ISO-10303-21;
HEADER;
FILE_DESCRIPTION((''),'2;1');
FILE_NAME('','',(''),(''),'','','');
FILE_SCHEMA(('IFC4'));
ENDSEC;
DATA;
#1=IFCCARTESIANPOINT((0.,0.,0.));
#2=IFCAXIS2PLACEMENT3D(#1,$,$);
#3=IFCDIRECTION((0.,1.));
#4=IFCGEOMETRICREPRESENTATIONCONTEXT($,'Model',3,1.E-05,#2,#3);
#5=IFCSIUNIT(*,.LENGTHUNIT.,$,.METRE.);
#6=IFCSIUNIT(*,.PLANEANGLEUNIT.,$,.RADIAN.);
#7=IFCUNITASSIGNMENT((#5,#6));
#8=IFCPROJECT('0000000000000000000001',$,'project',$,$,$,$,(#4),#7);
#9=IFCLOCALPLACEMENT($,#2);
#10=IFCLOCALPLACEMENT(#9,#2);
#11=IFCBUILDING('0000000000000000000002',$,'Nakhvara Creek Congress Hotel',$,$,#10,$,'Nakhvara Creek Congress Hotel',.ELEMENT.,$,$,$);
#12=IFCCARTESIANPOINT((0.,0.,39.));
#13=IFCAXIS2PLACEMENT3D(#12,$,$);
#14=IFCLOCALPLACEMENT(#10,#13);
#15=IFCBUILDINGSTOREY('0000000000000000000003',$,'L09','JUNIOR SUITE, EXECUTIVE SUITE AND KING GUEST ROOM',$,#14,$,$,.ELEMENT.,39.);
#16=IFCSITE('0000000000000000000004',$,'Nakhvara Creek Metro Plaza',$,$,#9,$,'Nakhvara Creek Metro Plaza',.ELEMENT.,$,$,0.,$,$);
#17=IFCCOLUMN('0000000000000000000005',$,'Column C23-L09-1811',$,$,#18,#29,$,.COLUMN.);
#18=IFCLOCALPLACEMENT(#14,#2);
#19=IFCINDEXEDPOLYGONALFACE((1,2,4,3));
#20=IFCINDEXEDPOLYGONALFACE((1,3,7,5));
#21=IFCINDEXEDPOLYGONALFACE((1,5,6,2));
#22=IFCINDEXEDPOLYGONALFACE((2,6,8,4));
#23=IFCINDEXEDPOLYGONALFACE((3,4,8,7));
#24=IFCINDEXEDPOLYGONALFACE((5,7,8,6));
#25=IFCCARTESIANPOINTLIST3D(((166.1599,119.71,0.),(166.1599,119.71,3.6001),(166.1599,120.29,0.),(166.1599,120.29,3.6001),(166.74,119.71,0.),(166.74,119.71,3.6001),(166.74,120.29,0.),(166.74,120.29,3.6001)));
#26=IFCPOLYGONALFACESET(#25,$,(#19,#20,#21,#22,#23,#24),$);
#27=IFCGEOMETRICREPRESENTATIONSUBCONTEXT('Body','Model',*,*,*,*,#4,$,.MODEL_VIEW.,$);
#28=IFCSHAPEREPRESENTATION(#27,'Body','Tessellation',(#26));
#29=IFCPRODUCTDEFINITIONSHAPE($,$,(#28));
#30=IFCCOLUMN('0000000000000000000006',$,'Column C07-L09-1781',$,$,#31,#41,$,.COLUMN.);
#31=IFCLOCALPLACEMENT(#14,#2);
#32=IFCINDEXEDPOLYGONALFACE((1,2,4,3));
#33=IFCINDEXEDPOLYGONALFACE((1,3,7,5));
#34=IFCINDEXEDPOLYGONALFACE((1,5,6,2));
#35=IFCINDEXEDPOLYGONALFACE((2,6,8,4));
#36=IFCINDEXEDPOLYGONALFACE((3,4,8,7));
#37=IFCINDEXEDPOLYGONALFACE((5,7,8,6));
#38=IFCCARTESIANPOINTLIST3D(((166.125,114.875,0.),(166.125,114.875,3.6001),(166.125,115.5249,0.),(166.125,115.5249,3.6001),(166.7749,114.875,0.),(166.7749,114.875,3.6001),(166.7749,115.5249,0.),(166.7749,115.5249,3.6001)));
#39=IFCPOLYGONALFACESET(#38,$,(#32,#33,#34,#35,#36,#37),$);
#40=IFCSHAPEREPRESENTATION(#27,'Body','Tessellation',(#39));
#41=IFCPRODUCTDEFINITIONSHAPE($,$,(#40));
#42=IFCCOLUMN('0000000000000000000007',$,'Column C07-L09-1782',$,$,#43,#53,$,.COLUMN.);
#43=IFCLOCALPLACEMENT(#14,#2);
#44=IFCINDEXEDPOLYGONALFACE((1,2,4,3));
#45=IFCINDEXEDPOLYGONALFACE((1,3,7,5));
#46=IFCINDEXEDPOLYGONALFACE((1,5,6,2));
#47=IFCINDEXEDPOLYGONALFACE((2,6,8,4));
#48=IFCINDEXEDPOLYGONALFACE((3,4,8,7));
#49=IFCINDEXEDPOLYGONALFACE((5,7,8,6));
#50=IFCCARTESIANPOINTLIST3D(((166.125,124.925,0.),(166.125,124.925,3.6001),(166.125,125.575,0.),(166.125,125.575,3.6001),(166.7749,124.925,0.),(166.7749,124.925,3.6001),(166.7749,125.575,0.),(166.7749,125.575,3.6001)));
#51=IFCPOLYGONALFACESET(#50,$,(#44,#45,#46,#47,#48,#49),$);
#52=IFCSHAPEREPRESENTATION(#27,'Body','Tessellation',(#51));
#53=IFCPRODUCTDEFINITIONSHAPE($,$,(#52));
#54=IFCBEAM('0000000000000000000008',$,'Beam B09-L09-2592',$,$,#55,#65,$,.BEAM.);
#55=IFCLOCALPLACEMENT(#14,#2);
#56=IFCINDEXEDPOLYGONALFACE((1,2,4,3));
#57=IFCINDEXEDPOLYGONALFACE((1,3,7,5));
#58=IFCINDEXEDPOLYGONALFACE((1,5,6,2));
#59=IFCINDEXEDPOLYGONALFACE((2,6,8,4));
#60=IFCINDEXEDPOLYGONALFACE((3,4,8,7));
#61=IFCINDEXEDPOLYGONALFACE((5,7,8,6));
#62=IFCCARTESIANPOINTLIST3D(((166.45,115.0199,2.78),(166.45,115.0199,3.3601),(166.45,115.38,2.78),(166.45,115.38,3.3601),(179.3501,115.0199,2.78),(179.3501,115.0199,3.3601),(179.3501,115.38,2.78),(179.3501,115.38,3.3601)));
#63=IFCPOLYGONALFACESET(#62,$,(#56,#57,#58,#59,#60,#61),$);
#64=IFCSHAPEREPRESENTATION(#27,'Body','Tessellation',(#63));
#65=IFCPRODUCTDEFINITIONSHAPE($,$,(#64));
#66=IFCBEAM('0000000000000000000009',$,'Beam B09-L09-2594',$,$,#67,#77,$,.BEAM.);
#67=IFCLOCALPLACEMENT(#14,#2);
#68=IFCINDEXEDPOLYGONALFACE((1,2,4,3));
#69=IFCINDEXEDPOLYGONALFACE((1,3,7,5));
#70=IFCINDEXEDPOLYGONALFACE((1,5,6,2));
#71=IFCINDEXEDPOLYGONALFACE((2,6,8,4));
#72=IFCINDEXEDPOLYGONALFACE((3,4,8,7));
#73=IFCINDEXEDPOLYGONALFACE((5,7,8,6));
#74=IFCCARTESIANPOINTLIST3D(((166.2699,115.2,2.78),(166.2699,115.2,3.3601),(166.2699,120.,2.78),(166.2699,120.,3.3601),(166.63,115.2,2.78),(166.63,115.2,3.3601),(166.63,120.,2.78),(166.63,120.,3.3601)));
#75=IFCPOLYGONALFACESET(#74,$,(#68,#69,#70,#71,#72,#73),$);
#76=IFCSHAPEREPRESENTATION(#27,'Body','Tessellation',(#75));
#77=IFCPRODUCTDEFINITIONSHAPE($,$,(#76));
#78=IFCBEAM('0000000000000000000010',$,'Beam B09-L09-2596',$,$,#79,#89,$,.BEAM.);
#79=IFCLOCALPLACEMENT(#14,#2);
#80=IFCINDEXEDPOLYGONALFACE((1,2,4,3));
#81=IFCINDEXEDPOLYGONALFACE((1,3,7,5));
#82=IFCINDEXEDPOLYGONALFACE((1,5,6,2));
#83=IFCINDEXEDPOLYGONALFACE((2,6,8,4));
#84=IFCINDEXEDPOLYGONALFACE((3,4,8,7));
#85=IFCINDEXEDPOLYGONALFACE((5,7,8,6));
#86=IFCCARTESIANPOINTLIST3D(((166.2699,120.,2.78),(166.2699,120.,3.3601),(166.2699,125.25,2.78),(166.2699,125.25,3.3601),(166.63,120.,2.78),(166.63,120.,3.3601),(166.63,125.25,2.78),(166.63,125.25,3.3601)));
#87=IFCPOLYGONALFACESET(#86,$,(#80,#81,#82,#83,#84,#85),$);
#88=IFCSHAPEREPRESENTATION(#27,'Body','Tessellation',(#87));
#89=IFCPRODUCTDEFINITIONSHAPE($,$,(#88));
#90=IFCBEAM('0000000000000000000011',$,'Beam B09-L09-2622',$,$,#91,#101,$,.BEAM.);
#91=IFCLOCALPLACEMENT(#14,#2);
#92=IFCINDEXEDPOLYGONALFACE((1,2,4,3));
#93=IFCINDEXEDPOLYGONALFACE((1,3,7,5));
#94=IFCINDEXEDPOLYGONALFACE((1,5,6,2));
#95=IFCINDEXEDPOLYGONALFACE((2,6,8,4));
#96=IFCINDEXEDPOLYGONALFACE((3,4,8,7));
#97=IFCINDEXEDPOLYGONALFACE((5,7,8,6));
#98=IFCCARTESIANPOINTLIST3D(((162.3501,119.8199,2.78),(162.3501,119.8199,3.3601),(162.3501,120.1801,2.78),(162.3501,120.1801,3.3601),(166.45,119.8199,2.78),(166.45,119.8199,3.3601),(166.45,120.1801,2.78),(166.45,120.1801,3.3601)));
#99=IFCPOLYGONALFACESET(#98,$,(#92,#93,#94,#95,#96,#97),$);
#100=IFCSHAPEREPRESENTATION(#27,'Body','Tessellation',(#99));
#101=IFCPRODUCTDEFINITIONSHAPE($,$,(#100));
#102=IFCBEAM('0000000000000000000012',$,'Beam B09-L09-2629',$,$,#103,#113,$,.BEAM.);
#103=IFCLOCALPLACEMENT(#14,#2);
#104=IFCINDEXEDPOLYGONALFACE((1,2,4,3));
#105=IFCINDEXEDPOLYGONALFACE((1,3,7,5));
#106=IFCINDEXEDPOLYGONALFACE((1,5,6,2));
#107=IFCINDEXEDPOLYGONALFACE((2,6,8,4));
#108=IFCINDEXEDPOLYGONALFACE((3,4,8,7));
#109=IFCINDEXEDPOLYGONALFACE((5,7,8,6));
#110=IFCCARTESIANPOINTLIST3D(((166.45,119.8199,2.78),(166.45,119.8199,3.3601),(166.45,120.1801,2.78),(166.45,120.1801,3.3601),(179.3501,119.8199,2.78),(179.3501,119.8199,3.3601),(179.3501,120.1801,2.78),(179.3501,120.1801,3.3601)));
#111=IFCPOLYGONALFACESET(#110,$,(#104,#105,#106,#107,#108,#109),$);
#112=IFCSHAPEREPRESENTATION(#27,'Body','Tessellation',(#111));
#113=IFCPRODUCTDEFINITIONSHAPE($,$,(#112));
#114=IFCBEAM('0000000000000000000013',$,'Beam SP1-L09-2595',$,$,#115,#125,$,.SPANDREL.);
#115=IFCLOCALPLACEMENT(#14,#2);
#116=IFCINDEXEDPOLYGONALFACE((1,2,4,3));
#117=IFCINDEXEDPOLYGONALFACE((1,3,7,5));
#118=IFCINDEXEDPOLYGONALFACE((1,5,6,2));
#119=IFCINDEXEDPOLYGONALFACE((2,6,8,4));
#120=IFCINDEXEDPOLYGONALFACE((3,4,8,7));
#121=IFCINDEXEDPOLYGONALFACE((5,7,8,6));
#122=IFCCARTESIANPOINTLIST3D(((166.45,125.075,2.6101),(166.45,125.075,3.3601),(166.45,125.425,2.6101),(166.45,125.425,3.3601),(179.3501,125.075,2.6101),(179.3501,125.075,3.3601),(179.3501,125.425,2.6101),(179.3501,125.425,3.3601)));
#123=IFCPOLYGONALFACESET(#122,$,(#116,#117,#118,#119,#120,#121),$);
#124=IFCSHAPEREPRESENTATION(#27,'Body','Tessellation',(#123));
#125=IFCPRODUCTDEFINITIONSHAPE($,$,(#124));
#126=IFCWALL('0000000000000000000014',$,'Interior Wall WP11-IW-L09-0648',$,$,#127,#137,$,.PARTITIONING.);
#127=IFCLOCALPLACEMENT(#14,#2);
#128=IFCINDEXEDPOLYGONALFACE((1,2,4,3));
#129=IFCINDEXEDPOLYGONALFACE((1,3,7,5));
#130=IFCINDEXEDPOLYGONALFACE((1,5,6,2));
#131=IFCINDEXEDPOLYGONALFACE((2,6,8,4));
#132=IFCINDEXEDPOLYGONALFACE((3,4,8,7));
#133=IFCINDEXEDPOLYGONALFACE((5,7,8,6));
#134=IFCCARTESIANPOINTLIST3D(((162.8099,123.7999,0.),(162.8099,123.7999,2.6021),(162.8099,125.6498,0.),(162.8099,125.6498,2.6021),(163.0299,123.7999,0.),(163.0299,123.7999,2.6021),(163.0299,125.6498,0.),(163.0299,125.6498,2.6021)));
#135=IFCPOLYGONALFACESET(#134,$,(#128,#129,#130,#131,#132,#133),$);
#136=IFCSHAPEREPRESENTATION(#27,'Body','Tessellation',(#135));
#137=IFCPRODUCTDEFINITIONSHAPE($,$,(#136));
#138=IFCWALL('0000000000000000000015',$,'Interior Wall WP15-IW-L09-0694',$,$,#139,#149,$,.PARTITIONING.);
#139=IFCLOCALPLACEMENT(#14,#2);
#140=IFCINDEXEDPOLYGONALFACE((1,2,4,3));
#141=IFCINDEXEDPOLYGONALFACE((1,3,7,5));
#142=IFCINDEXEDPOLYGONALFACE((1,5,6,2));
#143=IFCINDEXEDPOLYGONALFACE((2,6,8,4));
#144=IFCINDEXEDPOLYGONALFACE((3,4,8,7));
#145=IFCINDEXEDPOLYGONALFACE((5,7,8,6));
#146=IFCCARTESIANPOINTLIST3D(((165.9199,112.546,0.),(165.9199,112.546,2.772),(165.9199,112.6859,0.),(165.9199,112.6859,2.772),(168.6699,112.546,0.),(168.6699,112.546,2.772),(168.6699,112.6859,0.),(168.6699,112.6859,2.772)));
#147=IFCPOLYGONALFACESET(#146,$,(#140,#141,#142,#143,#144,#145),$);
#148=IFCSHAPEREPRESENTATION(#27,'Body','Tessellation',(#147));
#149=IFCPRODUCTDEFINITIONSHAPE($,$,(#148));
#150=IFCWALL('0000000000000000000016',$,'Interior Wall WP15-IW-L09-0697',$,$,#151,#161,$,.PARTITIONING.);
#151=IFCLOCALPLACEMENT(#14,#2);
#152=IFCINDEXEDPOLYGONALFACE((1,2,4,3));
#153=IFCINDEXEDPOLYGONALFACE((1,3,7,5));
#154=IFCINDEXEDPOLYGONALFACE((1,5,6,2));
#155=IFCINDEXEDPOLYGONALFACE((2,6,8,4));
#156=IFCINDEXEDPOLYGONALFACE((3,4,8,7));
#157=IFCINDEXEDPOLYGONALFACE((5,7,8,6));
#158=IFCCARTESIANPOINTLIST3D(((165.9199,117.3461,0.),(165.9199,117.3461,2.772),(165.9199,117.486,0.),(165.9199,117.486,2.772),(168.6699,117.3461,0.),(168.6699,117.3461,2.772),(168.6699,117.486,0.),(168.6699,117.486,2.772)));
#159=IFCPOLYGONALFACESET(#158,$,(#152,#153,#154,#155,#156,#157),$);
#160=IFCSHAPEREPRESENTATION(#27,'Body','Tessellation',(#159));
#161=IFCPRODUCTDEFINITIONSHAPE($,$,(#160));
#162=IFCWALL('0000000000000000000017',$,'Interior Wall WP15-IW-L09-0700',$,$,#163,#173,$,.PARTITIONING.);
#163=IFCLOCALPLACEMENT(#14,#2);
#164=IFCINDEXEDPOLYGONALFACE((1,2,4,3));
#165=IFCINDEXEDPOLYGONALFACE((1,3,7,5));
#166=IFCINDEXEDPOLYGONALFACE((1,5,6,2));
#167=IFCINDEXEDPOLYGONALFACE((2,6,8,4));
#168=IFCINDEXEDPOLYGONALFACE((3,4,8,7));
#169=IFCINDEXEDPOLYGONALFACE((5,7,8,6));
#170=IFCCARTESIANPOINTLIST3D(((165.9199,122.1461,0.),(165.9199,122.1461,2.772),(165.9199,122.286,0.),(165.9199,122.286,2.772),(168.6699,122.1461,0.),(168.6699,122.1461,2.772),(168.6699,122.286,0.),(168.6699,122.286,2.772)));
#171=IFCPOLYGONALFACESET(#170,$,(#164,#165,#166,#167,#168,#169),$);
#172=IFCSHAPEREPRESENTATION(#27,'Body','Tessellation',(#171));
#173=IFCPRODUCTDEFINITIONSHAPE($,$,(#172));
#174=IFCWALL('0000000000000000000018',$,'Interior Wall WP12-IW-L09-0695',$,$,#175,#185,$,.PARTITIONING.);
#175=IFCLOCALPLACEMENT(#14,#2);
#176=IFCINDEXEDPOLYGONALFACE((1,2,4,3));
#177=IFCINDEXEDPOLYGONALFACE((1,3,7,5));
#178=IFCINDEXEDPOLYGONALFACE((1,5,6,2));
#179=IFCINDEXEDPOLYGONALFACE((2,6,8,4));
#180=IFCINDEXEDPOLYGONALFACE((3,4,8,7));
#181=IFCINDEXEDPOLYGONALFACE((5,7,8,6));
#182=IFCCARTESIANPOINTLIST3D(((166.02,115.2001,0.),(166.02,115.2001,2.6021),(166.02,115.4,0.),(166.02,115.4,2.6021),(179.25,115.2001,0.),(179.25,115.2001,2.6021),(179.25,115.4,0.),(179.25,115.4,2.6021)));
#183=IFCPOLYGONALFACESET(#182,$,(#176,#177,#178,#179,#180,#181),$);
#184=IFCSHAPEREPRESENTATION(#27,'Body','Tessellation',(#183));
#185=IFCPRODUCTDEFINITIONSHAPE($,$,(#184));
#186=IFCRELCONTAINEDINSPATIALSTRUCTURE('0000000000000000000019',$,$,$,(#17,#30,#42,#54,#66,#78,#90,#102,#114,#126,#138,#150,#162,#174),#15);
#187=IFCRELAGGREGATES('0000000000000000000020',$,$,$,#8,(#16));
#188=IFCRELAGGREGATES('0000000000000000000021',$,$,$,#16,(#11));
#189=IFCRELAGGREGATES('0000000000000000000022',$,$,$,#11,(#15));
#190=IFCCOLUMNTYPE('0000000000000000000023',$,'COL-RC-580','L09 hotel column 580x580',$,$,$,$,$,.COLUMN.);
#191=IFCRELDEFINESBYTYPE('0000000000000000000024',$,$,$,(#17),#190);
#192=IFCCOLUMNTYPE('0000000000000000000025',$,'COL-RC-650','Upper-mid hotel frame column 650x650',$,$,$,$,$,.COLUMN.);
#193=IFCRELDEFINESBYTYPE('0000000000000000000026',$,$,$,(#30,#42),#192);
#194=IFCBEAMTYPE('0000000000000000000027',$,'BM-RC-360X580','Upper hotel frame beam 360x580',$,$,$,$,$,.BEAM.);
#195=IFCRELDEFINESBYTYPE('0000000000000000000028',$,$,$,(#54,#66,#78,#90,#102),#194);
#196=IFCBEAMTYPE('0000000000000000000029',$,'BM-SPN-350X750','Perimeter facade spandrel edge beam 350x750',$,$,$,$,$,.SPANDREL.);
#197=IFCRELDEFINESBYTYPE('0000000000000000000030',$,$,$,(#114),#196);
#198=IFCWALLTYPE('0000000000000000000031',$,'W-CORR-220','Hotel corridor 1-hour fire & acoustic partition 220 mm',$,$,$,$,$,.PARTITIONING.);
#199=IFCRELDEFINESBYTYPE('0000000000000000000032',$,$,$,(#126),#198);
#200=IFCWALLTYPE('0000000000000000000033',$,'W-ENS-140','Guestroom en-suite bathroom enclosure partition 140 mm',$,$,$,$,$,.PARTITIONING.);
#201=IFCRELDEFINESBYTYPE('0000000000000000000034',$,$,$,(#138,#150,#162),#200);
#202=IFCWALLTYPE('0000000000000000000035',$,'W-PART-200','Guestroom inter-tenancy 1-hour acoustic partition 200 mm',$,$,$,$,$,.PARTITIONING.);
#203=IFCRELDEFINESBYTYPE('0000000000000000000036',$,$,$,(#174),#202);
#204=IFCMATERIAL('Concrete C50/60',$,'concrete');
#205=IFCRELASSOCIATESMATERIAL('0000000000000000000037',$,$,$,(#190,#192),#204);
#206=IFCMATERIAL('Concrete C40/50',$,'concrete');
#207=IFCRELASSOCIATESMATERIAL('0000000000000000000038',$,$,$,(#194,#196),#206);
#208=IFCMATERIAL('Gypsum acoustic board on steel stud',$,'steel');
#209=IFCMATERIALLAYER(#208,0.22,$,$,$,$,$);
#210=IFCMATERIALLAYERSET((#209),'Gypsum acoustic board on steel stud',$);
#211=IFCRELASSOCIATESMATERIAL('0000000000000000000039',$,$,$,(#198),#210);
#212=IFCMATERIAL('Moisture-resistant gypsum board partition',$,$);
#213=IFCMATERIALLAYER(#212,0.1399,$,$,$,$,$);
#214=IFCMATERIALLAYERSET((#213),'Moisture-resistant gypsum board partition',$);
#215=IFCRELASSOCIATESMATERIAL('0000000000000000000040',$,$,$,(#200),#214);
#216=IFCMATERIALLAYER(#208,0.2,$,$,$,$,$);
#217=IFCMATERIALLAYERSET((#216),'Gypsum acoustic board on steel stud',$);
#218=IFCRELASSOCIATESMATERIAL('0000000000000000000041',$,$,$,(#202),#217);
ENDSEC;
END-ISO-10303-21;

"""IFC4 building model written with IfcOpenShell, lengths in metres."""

from ifc_helpers import new_model, si_unit, direction, frame, frame_2d, origin, origin_2d, place, context, subcontext, project, spatial, rectangle, extrude, material, layer, layer_set, material_profile, profile_set, type_object, element, save


model = new_model("IFC4")

# Units and contexts
model_context = context("Model", 3, precision=1e-05, world=origin(), true_north=direction((0.0, 1.0)))
body_context = subcontext(model_context, "Body", "Model", "MODEL_VIEW")
ifc_project = project(units=[si_unit("LENGTHUNIT", "METRE"), si_unit("PLANEANGLEUNIT", "RADIAN")], contexts=[model_context])

# Site, building, storey
site_placement = place(None, origin())
site = spatial("IfcSite", under=ifc_project, at=site_placement, Name="Nakhvara Creek Metro Plaza", LongName="Nakhvara Creek Metro Plaza", CompositionType="ELEMENT", RefElevation=0.0)
building_placement = place(site_placement, origin())
building = spatial("IfcBuilding", under=site, at=building_placement, Name="Nakhvara Creek Congress Hotel", LongName="Nakhvara Creek Congress Hotel", CompositionType="ELEMENT")
storey_placement = place(building_placement, frame((0.0, 0.0, 39.0)))
storey = spatial("IfcBuildingStorey", under=building, at=storey_placement, Name="L09", Description="JUNIOR SUITE, EXECUTIVE SUITE AND KING GUEST ROOM", CompositionType="ELEMENT", Elevation=39.0)

# Columns
ifc_material_1 = material(Name="Concrete C50/60", Category="concrete")
ifc_material_profile_1 = material_profile(ifc_material_1, rectangle(XDim=0.5801, YDim=0.5801, at=origin_2d()), Name="RC-COL 580x580", Category="LoadBearing")
ifc_profile_set_1 = profile_set([ifc_material_profile_1], Name="Concrete C50/60")
column_type_1 = type_object("IfcColumnType", Name="COL-RC-580", Description="L09 hotel column 580x580", PredefinedType="COLUMN", material=ifc_profile_set_1)
column_placement = place(storey_placement, frame((166.45, 120.0, 0.0), z_axis=(0.0, 0.0, 1.0), x_axis=(1.0, 0.0, 0.0)))
element("IfcColumn", 1, at=column_placement, inside=storey, type_object=column_type_1, Name="Column C23-L09-1811", PredefinedType="COLUMN", context=body_context, shape_type="SweptSolid", body=[
    extrude(rectangle(XDim=0.5801, YDim=0.5801, at=origin_2d()), origin(), (0.0, 0.0, 1.0), 3.6001),
])
ifc_material_profile_2 = material_profile(ifc_material_1, rectangle(XDim=0.6499, YDim=0.6499, at=origin_2d()), Name="RC-COL 650x650", Category="LoadBearing")
ifc_profile_set_2 = profile_set([ifc_material_profile_2], Name="Concrete C50/60")
column_type_2 = type_object("IfcColumnType", Name="COL-RC-650", Description="Upper-mid hotel frame column 650x650", PredefinedType="COLUMN", material=ifc_profile_set_2)
for number, where, z_axis, x_axis, name in (
    (2, (166.45, 115.2, 0.0), (0.0, 0.0, 1.0), (1.0, 0.0, 0.0), "Column C07-L09-1781"),
    (3, (166.45, 125.25, 0.0), (0.0, 0.0, 1.0), (1.0, 0.0, 0.0), "Column C07-L09-1782"),
):
    element("IfcColumn", number, at=place(storey_placement, frame(where, z_axis=z_axis, x_axis=x_axis)), inside=storey, type_object=column_type_2, Name=name, PredefinedType="COLUMN", context=body_context, shape_type="SweptSolid", body=[
        extrude(rectangle(XDim=0.6499, YDim=0.6499, at=origin_2d()), origin(), (0.0, 0.0, 1.0), 3.6001),
    ])

# Beams
ifc_material_2 = material(Name="Concrete C40/50", Category="concrete")
ifc_material_profile_3 = material_profile(ifc_material_2, rectangle(XDim=0.3601, YDim=0.5801, at=origin_2d()), Name="RC-BM 360x580", Category="LoadBearing")
ifc_profile_set_3 = profile_set([ifc_material_profile_3], Name="Concrete C40/50")
beam_type_1 = type_object("IfcBeamType", Name="BM-RC-360X580", Description="Upper hotel frame beam 360x580", PredefinedType="BEAM", material=ifc_profile_set_3)
beam_1_placement = place(storey_placement, frame((166.45, 115.2, 3.0701), z_axis=(1.0, 0.0, 0.0), x_axis=(0.0, 1.0, 0.0)))
element("IfcBeam", 4, at=beam_1_placement, inside=storey, type_object=beam_type_1, Name="Beam B09-L09-2592", PredefinedType="BEAM", context=body_context, shape_type="SweptSolid", body=[
    extrude(rectangle(XDim=0.3601, YDim=0.5801, at=origin_2d()), origin(), (0.0, 0.0, 1.0), 12.9001),
])
beam_2_placement = place(storey_placement, frame((166.45, 115.2, 3.0701), z_axis=(0.0, 1.0, 0.0), x_axis=(-1.0, 0.0, 0.0)))
element("IfcBeam", 5, at=beam_2_placement, inside=storey, type_object=beam_type_1, Name="Beam B09-L09-2594", PredefinedType="BEAM", context=body_context, shape_type="SweptSolid", body=[
    extrude(rectangle(XDim=0.3601, YDim=0.5801, at=origin_2d()), origin(), (0.0, 0.0, 1.0), 4.8),
])
beam_3_placement = place(storey_placement, frame((166.45, 120.0, 3.0701), z_axis=(0.0, 1.0, 0.0), x_axis=(-1.0, 0.0, 0.0)))
element("IfcBeam", 6, at=beam_3_placement, inside=storey, type_object=beam_type_1, Name="Beam B09-L09-2596", PredefinedType="BEAM", context=body_context, shape_type="SweptSolid", body=[
    extrude(rectangle(XDim=0.3601, YDim=0.5801, at=origin_2d()), origin(), (0.0, 0.0, 1.0), 5.25),
])
beam_4_placement = place(storey_placement, frame((162.3501, 120.0, 3.0701), z_axis=(1.0, 0.0, 0.0), x_axis=(0.0, 1.0, 0.0)))
element("IfcBeam", 7, at=beam_4_placement, inside=storey, type_object=beam_type_1, Name="Beam B09-L09-2622", PredefinedType="BEAM", context=body_context, shape_type="SweptSolid", body=[
    extrude(rectangle(XDim=0.3601, YDim=0.5801, at=origin_2d()), origin(), (0.0, 0.0, 1.0), 4.0999),
])
beam_5_placement = place(storey_placement, frame((166.45, 120.0, 3.0701), z_axis=(1.0, 0.0, 0.0), x_axis=(0.0, 1.0, 0.0)))
element("IfcBeam", 8, at=beam_5_placement, inside=storey, type_object=beam_type_1, Name="Beam B09-L09-2629", PredefinedType="BEAM", context=body_context, shape_type="SweptSolid", body=[
    extrude(rectangle(XDim=0.3601, YDim=0.5801, at=origin_2d()), origin(), (0.0, 0.0, 1.0), 12.9001),
])
ifc_material_profile_4 = material_profile(ifc_material_2, rectangle(XDim=0.3501, YDim=0.75, at=origin_2d()), Name="RC-SPANDREL 350x750", Category="LoadBearing")
ifc_profile_set_4 = profile_set([ifc_material_profile_4], Name="Concrete C40/50")
beam_type_2 = type_object("IfcBeamType", Name="BM-SPN-350X750", Description="Perimeter facade spandrel edge beam 350x750", PredefinedType="SPANDREL", material=ifc_profile_set_4)
beam_6_placement = place(storey_placement, frame((166.45, 125.25, 2.9851), z_axis=(1.0, 0.0, 0.0), x_axis=(0.0, 1.0, 0.0)))
element("IfcBeam", 9, at=beam_6_placement, inside=storey, type_object=beam_type_2, Name="Beam SP1-L09-2595", PredefinedType="SPANDREL", context=body_context, shape_type="SweptSolid", body=[
    extrude(rectangle(XDim=0.3501, YDim=0.75, at=origin_2d()), origin(), (0.0, 0.0, 1.0), 12.9001),
])

# Walls
ifc_material_3 = material(Name="Gypsum acoustic board on steel stud", Category="steel")
ifc_layer_1 = layer(ifc_material_3, 0.22)
ifc_layer_set_1 = layer_set([ifc_layer_1], Name="Gypsum acoustic board on steel stud")
wall_type_1 = type_object("IfcWallType", Name="W-CORR-220", Description="Hotel corridor 1-hour fire & acoustic partition 220 mm", PredefinedType="PARTITIONING", material=ifc_layer_set_1)
wall_1_placement = place(storey_placement, frame((162.9199, 123.8, 0.0), z_axis=(0.0, 0.0, 1.0), x_axis=(0.0, 1.0, 0.0)))
element("IfcWall", 10, at=wall_1_placement, inside=storey, type_object=wall_type_1, Name="Interior Wall WP11-IW-L09-0648", PredefinedType="PARTITIONING", context=body_context, shape_type="SweptSolid", body=[
    extrude(rectangle(XDim=1.8499, YDim=0.22, at=frame_2d((0.9248, 0.0))), origin(), (0.0, 0.0, 1.0), 2.6021),
])
ifc_material_4 = material(Name="Moisture-resistant gypsum board partition")
ifc_layer_2 = layer(ifc_material_4, 0.1399)
ifc_layer_set_2 = layer_set([ifc_layer_2], Name="Moisture-resistant gypsum board partition")
wall_type_2 = type_object("IfcWallType", Name="W-ENS-140", Description="Guestroom en-suite bathroom enclosure partition 140 mm", PredefinedType="PARTITIONING", material=ifc_layer_set_2)
wall_2_placement = place(storey_placement, frame((165.9199, 112.616, 0.0), z_axis=(0.0, 0.0, 1.0), x_axis=(1.0, 0.0, 0.0)))
element("IfcWall", 11, at=wall_2_placement, inside=storey, type_object=wall_type_2, Name="Interior Wall WP15-IW-L09-0694", PredefinedType="PARTITIONING", context=body_context, shape_type="SweptSolid", body=[
    extrude(rectangle(XDim=2.75, YDim=0.1399, at=frame_2d((1.375, 0.0))), origin(), (0.0, 0.0, 1.0), 2.772),
])

# Walls
for number, where, z_axis, x_axis, name in (
    (12, (165.9199, 117.416, 0.0), (0.0, 0.0, 1.0), (1.0, 0.0, 0.0), "Interior Wall WP15-IW-L09-0697"),
    (13, (165.9199, 122.2161, 0.0), (0.0, 0.0, 1.0), (1.0, 0.0, 0.0), "Interior Wall WP15-IW-L09-0700"),
):
    element("IfcWall", number, at=place(storey_placement, frame(where, z_axis=z_axis, x_axis=x_axis)), inside=storey, type_object=wall_type_2, Name=name, PredefinedType="PARTITIONING", context=body_context, shape_type="SweptSolid", body=[
        extrude(rectangle(XDim=2.75, YDim=0.1399, at=frame_2d((1.375, 0.0))), origin(), (0.0, 0.0, 1.0), 2.772),
    ])
ifc_layer_3 = layer(ifc_material_3, 0.2)
ifc_layer_set_3 = layer_set([ifc_layer_3], Name="Gypsum acoustic board on steel stud")
wall_type_3 = type_object("IfcWallType", Name="W-PART-200", Description="Guestroom inter-tenancy 1-hour acoustic partition 200 mm", PredefinedType="PARTITIONING", material=ifc_layer_set_3)
for number, where, z_axis, x_axis, name in (
    (14, (166.02, 115.3, 0.0), (0.0, 0.0, 1.0), (1.0, 0.0, 0.0), "Interior Wall WP12-IW-L09-0695"),
):
    element("IfcWall", number, at=place(storey_placement, frame(where, z_axis=z_axis, x_axis=x_axis)), inside=storey, type_object=wall_type_3, Name=name, PredefinedType="PARTITIONING", context=body_context, shape_type="SweptSolid", body=[
        extrude(rectangle(XDim=13.23, YDim=0.2, at=frame_2d((6.615, 0.0))), origin(), (0.0, 0.0, 1.0), 2.6021),
    ])

save(model, "model.ifc")
